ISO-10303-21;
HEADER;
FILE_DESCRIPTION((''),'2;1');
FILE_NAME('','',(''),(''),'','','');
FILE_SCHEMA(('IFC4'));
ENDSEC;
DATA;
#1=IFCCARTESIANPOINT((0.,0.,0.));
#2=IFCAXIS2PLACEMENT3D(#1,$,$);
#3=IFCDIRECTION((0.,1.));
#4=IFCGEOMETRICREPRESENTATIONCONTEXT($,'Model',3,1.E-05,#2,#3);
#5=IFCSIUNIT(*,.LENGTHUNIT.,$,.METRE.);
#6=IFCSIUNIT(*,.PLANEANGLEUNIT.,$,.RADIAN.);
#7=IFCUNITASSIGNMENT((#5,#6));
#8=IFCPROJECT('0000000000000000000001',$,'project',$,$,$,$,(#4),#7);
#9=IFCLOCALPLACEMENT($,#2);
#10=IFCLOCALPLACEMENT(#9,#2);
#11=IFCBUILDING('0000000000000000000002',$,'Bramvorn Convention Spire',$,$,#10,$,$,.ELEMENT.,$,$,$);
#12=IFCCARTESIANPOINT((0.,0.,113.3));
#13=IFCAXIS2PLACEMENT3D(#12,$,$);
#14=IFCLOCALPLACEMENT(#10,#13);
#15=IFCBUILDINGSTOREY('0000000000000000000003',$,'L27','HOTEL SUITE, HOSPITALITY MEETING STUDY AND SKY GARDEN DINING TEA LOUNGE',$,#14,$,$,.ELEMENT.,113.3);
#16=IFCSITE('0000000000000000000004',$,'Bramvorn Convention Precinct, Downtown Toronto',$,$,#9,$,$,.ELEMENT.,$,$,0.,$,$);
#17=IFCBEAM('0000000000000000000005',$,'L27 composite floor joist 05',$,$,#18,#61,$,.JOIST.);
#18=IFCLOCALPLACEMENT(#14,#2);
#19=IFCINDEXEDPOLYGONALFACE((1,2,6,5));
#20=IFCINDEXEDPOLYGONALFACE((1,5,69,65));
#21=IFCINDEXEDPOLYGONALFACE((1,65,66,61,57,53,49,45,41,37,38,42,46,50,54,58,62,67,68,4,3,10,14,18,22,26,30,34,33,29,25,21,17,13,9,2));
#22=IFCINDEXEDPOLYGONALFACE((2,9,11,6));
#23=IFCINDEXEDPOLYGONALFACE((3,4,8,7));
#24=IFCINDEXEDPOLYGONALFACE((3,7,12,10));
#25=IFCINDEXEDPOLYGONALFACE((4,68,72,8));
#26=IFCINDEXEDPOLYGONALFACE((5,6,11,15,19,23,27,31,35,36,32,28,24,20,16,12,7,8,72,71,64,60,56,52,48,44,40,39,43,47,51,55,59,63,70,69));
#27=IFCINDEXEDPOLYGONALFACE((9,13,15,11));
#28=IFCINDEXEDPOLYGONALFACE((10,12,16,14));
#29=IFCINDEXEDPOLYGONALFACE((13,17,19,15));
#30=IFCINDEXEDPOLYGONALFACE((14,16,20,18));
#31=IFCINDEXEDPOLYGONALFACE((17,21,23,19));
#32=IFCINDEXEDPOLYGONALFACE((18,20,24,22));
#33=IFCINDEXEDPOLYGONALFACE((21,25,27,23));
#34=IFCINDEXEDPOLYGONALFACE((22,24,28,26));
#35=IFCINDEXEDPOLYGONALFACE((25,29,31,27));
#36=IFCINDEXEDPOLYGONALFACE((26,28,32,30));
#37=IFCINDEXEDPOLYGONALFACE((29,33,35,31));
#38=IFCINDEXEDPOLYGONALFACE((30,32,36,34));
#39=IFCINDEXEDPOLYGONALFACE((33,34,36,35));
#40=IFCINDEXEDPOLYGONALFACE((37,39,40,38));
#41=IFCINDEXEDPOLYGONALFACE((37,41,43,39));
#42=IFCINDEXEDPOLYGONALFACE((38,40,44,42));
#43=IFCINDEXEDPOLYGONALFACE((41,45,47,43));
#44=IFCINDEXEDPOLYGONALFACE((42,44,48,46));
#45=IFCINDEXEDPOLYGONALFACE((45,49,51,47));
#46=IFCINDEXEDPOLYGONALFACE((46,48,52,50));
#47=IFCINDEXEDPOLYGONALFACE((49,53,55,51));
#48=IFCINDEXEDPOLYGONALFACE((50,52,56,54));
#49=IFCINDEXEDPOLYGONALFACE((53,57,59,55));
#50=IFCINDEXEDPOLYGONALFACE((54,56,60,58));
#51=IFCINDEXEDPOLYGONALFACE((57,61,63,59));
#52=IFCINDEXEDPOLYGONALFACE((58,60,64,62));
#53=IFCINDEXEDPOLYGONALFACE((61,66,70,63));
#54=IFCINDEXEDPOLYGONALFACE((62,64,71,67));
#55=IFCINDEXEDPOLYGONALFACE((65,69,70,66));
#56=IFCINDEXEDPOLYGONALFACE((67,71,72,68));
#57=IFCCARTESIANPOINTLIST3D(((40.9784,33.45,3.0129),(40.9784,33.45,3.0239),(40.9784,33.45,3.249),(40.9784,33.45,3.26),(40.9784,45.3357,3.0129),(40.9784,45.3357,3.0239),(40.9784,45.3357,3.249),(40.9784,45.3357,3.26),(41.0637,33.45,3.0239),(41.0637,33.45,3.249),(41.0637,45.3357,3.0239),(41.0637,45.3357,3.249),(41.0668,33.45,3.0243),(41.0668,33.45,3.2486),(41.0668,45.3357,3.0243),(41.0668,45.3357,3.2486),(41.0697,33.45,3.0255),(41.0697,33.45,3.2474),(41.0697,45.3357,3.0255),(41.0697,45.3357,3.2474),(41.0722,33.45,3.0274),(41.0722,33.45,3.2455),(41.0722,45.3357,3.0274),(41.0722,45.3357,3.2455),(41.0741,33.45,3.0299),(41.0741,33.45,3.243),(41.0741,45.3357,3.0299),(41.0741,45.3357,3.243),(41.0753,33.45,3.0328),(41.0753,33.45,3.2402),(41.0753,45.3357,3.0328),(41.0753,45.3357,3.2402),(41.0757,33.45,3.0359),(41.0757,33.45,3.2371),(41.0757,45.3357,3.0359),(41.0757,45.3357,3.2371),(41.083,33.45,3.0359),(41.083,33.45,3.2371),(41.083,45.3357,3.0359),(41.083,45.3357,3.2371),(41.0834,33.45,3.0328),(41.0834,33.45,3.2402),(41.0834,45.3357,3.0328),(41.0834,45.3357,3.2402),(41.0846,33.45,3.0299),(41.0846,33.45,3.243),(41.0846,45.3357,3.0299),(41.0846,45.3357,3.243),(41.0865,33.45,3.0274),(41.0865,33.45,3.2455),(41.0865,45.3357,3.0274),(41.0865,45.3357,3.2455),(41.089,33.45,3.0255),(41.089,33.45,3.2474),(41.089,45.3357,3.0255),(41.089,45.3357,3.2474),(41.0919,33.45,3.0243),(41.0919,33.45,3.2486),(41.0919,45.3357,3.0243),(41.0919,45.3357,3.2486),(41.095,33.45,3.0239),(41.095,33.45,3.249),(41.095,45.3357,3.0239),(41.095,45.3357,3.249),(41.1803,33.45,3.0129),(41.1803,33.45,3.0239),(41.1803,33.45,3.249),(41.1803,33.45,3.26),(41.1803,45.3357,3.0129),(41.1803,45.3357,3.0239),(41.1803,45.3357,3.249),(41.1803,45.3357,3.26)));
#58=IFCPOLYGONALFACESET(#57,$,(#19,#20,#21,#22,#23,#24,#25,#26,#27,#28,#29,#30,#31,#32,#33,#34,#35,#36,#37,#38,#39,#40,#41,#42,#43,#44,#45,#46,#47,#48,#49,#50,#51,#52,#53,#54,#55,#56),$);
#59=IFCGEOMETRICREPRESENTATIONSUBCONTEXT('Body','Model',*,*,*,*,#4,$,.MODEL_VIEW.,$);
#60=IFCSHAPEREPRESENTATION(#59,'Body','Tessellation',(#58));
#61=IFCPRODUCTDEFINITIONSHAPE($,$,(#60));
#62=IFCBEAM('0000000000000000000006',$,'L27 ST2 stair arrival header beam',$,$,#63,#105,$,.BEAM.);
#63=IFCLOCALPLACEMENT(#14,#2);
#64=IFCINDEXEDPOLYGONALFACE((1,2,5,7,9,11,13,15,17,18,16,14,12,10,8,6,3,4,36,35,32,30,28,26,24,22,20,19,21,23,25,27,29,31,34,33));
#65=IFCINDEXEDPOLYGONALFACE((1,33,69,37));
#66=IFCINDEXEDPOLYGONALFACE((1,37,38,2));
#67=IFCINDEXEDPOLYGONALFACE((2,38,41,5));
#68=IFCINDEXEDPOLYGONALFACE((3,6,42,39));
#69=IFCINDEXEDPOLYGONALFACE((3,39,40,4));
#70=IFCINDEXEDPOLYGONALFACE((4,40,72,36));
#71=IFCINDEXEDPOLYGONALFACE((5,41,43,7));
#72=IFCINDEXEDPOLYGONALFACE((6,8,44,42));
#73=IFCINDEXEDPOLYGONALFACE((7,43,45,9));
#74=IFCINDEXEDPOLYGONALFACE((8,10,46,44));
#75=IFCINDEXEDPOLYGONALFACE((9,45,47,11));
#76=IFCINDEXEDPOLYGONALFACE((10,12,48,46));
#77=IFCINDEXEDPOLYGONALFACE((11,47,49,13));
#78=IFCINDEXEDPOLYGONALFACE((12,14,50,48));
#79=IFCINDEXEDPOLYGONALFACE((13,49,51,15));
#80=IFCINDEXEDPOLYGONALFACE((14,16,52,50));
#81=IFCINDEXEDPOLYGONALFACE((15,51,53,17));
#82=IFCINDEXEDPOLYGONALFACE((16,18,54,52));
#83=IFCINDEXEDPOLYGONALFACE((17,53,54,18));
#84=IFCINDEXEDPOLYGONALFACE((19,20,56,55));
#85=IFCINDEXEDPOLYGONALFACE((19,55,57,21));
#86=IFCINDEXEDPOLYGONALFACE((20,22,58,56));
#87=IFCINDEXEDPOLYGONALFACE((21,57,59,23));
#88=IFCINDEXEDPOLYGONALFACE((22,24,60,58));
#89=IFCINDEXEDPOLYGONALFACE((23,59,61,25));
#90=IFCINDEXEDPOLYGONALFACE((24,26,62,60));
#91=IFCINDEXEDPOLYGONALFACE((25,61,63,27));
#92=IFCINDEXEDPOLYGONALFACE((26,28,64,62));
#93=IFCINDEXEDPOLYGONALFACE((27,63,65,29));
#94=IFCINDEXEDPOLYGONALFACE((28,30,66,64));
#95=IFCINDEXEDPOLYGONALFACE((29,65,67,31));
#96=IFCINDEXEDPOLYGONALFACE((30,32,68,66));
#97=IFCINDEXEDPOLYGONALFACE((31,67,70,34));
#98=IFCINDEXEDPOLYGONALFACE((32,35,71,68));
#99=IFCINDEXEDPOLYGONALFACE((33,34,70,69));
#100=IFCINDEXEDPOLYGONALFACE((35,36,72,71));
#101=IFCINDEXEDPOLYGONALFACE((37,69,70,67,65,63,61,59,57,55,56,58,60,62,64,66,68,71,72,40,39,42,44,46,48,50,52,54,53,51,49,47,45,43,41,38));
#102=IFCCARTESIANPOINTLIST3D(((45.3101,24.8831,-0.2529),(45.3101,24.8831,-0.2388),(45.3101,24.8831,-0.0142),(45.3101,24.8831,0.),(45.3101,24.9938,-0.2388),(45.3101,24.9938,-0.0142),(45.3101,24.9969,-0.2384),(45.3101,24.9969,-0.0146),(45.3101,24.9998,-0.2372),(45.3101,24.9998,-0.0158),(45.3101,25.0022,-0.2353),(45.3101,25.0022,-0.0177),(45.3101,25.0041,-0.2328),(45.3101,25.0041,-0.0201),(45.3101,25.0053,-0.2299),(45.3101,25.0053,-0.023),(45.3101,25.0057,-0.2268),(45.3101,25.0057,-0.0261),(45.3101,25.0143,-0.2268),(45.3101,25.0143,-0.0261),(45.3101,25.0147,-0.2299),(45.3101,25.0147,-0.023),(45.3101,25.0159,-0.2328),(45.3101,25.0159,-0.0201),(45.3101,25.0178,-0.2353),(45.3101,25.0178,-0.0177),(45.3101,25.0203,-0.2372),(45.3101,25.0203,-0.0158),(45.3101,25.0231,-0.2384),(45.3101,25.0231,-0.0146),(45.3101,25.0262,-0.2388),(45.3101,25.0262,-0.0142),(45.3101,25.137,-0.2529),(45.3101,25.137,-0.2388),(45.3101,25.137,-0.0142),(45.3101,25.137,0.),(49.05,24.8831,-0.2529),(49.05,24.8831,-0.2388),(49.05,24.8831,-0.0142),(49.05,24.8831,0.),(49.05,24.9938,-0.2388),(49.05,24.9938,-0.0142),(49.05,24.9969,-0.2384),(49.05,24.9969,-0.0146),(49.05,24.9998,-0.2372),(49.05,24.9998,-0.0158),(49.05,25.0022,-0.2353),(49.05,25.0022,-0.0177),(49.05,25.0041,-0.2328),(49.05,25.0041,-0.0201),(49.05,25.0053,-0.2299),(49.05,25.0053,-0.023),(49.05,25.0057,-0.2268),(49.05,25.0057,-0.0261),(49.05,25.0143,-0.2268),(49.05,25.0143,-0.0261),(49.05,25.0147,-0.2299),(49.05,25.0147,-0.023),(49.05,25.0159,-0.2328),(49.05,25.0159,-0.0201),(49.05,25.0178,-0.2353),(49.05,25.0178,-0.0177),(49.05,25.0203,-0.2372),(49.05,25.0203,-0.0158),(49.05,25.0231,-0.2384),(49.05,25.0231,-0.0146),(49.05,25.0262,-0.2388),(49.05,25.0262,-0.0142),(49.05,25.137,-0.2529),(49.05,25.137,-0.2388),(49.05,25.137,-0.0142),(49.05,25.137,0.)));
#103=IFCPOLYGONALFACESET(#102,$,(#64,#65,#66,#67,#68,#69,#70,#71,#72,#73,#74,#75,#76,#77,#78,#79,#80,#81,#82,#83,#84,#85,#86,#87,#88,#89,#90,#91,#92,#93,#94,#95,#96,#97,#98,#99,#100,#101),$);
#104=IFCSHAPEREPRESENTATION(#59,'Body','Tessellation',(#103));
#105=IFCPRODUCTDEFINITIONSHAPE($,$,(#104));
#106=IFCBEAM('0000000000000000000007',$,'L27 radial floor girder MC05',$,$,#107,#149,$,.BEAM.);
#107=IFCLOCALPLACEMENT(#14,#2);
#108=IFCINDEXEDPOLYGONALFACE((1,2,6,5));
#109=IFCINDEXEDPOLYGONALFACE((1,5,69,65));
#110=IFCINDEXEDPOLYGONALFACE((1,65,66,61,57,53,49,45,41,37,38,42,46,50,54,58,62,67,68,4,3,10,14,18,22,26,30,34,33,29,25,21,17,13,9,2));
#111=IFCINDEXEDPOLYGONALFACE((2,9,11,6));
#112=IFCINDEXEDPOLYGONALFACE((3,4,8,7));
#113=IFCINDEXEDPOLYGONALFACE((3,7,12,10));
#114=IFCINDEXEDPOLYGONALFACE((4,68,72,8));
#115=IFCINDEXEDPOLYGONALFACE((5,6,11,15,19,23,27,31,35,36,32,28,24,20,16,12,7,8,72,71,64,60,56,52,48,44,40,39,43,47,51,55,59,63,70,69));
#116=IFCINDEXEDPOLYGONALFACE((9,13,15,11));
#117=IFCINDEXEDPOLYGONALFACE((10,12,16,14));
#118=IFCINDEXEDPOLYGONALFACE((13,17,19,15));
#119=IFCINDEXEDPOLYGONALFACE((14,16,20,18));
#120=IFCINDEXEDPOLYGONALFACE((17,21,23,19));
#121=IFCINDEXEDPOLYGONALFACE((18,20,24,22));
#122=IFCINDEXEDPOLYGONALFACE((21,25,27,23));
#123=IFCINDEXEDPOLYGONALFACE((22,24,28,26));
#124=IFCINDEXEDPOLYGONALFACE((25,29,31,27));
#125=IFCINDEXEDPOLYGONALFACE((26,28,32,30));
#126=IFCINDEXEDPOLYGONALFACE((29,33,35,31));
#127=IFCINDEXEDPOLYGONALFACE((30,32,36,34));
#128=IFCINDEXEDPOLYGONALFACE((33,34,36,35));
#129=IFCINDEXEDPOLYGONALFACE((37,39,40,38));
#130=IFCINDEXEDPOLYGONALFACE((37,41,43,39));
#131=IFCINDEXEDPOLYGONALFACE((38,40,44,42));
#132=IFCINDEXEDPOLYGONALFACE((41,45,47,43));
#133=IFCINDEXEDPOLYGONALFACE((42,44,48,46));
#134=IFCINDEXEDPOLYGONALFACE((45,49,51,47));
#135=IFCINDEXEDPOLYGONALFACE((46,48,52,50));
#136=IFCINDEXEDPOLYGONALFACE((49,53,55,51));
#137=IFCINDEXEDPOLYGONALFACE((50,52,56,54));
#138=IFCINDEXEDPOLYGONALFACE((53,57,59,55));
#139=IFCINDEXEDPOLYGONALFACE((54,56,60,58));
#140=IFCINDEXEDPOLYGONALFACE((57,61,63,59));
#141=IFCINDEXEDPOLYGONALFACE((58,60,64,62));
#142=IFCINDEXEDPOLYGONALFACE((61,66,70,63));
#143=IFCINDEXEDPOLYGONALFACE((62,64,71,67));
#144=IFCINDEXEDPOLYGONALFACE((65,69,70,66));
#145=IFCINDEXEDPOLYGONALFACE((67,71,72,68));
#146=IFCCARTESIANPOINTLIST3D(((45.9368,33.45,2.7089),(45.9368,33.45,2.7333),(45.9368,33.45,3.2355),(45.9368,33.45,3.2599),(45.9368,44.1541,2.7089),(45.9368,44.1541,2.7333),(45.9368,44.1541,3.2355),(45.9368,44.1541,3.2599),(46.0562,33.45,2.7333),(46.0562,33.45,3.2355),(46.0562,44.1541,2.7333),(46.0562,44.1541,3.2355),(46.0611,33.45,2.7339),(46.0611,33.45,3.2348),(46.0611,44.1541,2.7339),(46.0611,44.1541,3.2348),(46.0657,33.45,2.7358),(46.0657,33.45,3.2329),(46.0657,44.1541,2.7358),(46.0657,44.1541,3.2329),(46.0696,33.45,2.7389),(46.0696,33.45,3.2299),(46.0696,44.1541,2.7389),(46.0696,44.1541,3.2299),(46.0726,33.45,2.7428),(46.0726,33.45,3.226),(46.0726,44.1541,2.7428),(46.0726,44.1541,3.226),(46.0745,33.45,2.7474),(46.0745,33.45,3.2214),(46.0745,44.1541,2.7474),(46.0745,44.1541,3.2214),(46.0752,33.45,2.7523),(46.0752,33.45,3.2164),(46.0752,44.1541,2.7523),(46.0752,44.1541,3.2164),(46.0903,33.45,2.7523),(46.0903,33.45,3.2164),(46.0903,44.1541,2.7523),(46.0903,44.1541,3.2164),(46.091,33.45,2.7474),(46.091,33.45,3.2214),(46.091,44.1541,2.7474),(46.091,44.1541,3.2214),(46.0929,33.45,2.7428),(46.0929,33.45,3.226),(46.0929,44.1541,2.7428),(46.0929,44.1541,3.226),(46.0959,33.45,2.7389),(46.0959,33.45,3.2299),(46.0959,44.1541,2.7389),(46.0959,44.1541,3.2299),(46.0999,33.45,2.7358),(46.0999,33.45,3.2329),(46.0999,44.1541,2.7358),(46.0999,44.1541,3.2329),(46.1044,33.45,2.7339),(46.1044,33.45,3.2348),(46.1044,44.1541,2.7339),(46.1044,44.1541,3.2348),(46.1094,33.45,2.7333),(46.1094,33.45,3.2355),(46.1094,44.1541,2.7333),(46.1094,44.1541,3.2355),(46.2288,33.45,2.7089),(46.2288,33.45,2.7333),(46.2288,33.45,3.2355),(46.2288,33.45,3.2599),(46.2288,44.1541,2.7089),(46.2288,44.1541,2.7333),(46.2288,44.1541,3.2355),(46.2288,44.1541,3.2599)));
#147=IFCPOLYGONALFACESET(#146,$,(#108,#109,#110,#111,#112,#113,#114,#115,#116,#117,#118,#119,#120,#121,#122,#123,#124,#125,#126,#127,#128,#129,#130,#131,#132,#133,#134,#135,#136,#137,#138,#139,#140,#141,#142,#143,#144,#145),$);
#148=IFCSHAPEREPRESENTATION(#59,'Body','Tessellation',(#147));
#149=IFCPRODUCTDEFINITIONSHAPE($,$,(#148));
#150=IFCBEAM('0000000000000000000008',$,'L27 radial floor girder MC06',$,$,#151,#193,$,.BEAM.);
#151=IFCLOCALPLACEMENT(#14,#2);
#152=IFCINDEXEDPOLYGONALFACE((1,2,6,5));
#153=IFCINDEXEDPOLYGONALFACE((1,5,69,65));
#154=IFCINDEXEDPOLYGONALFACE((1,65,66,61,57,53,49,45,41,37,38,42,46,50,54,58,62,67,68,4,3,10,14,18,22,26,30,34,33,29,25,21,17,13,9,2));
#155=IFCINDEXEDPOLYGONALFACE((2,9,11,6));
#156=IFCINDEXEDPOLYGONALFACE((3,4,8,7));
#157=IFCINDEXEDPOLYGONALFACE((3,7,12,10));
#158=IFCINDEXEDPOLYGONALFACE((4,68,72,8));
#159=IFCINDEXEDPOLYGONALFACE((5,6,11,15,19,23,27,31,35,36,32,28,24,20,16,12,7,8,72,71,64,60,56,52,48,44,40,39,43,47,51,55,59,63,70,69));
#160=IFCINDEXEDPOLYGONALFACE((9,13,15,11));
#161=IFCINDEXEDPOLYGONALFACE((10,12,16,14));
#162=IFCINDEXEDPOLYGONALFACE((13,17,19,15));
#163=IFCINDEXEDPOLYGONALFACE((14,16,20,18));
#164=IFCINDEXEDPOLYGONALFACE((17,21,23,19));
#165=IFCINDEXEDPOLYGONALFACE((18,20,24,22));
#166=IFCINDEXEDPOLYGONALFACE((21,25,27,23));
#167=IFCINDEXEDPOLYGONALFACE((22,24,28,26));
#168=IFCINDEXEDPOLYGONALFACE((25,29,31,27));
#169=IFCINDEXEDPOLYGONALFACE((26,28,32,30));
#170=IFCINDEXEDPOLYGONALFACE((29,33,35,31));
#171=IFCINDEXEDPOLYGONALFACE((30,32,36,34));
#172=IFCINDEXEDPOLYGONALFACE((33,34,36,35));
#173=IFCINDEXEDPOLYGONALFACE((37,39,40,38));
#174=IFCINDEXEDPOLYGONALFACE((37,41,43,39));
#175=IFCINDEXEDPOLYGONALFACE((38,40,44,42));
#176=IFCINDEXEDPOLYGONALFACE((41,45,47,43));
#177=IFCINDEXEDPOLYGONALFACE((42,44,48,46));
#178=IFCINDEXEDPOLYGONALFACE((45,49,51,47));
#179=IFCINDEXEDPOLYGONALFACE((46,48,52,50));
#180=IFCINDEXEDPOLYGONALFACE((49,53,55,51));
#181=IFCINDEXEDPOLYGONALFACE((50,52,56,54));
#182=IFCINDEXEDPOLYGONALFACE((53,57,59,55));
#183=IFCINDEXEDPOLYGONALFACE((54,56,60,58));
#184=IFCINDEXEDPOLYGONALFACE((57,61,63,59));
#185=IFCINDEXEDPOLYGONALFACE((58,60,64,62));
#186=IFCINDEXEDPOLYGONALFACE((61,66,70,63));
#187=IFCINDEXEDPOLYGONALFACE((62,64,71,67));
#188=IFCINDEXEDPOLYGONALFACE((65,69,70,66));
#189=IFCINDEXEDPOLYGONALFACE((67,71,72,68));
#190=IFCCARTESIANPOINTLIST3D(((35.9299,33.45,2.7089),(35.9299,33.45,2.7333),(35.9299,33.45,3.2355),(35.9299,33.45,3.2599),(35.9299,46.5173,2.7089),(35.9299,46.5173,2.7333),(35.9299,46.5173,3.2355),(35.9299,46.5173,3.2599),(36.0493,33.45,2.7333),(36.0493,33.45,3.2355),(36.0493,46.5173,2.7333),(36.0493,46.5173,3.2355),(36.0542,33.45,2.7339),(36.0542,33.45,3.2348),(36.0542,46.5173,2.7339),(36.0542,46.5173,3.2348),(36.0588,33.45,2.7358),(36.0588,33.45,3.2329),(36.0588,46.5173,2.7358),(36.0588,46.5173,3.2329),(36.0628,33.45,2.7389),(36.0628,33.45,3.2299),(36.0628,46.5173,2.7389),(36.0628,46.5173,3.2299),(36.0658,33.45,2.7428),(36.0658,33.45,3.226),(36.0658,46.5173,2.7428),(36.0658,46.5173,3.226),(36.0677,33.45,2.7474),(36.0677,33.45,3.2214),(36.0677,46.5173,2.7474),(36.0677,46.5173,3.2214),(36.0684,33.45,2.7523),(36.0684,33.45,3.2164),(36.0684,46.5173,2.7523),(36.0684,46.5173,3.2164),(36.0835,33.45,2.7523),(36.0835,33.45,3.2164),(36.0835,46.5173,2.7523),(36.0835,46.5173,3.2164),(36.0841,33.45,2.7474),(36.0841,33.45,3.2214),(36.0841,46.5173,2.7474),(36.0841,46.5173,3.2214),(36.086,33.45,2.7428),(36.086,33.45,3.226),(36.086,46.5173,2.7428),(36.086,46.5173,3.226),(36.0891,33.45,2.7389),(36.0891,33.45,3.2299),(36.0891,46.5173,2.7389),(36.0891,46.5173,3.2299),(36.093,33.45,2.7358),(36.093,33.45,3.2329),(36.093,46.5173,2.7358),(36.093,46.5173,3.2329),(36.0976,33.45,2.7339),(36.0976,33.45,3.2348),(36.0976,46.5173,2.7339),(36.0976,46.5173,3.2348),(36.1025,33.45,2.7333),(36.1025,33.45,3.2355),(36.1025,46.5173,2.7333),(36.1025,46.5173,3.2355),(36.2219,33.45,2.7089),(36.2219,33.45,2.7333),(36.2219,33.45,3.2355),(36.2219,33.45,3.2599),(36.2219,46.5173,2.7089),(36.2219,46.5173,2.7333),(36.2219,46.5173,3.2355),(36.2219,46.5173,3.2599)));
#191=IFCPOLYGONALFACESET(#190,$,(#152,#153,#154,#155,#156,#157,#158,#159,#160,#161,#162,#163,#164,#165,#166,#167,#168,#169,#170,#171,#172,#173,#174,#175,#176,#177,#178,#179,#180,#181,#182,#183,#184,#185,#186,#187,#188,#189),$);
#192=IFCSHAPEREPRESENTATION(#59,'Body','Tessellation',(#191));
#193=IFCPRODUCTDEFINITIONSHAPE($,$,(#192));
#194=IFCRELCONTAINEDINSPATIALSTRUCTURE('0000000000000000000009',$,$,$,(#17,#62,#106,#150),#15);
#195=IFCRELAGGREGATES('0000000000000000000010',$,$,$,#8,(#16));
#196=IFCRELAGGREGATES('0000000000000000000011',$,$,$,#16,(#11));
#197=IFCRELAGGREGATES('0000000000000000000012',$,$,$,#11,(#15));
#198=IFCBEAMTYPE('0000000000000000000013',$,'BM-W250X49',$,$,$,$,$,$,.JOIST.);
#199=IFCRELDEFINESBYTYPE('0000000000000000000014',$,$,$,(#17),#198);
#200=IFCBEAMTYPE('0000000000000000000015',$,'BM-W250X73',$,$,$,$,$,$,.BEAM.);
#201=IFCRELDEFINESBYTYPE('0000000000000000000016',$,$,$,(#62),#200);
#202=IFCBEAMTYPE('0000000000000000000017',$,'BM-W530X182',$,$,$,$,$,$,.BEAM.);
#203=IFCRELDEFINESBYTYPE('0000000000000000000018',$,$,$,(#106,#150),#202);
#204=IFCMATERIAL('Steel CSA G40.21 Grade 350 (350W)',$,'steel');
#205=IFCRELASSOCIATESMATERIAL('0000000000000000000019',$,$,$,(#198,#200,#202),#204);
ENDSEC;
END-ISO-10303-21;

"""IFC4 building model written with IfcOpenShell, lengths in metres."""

from ifc_helpers import new_model, si_unit, direction, frame, origin, origin_2d, place, context, subcontext, project, spatial, i_section, extrude, material, material_profile, profile_set, type_object, element, save


model = new_model("IFC4")

# Units and contexts
model_context = context("Model", 3, precision=1e-05, world=origin(), true_north=direction((0.0, 1.0)))
body_context = subcontext(model_context, "Body", "Model", "MODEL_VIEW")
ifc_project = project(units=[si_unit("LENGTHUNIT", "METRE"), si_unit("PLANEANGLEUNIT", "RADIAN")], contexts=[model_context])

# Site, building, storey
site_placement = place(None, origin())
site = spatial("IfcSite", under=ifc_project, at=site_placement, Name="Bramvorn Convention Precinct, Downtown Toronto", CompositionType="ELEMENT", RefElevation=0.0)
building_placement = place(site_placement, origin())
building = spatial("IfcBuilding", under=site, at=building_placement, Name="Bramvorn Convention Spire", CompositionType="ELEMENT")
storey_placement = place(building_placement, frame((0.0, 0.0, 113.3)))
storey = spatial("IfcBuildingStorey", under=building, at=storey_placement, Name="L27", Description="HOTEL SUITE, HOSPITALITY MEETING STUDY AND SKY GARDEN DINING TEA LOUNGE", CompositionType="ELEMENT", Elevation=113.3)

# Beams
ifc_material_1 = material(Name="Steel CSA G40.21 Grade 350 (350W)", Category="steel")
ifc_material_profile_1 = material_profile(ifc_material_1, i_section(OverallWidth=0.2019, OverallDepth=0.2471, WebThickness=0.0073, FlangeThickness=0.011, FilletRadius=0.012, at=origin_2d()))
ifc_profile_set_1 = profile_set([ifc_material_profile_1], Name="Steel CSA G40.21 Grade 350 (350W) - W250X49")
beam_type_1 = type_object("IfcBeamType", Name="BM-W250X49", PredefinedType="JOIST", material=ifc_profile_set_1)
beam_1_placement = place(storey_placement, frame((41.0793, 33.45, 3.1365), z_axis=(0.0, 1.0, 0.0), x_axis=(-1.0, 0.0, 0.0)))
element("IfcBeam", 1, at=beam_1_placement, inside=storey, type_object=beam_type_1, Name="L27 composite floor joist 05", PredefinedType="JOIST", context=body_context, shape_type="SweptSolid", body=[
    extrude(i_section(OverallWidth=0.2019, OverallDepth=0.2471, WebThickness=0.0073, FlangeThickness=0.011, FilletRadius=0.012, at=origin_2d()), origin(), (0.0, 0.0, 1.0), 11.8857),
])
ifc_material_profile_2 = material_profile(ifc_material_1, i_section(OverallWidth=0.2539, OverallDepth=0.2529, WebThickness=0.0085, FlangeThickness=0.0142, FilletRadius=0.012, at=origin_2d()))
ifc_profile_set_2 = profile_set([ifc_material_profile_2], Name="Steel CSA G40.21 Grade 350 (350W) - W250X73")
beam_type_2 = type_object("IfcBeamType", Name="BM-W250X73", PredefinedType="BEAM", material=ifc_profile_set_2)
beam_2_placement = place(storey_placement, frame((45.3101, 25.01, -0.1265), z_axis=(1.0, 0.0, 0.0), x_axis=(0.0, 1.0, 0.0)))
element("IfcBeam", 2, at=beam_2_placement, inside=storey, type_object=beam_type_2, Name="L27 ST2 stair arrival header beam", PredefinedType="BEAM", context=body_context, shape_type="SweptSolid", body=[
    extrude(i_section(OverallWidth=0.2539, OverallDepth=0.2529, WebThickness=0.0085, FlangeThickness=0.0142, FilletRadius=0.012, at=origin_2d()), origin(), (0.0, 0.0, 1.0), 3.74),
])
ifc_material_profile_3 = material_profile(ifc_material_1, i_section(OverallWidth=0.292, OverallDepth=0.551, WebThickness=0.0151, FlangeThickness=0.0244, FilletRadius=0.019, at=origin_2d()))
ifc_profile_set_3 = profile_set([ifc_material_profile_3], Name="Steel CSA G40.21 Grade 350 (350W) - W530X182")
beam_type_3 = type_object("IfcBeamType", Name="BM-W530X182", PredefinedType="BEAM", material=ifc_profile_set_3)
beam_3_placement = place(storey_placement, frame((46.0828, 33.45, 2.9844), z_axis=(0.0, 1.0, 0.0), x_axis=(-1.0, 0.0, 0.0)))
element("IfcBeam", 3, at=beam_3_placement, inside=storey, type_object=beam_type_3, Name="L27 radial floor girder MC05", PredefinedType="BEAM", context=body_context, shape_type="SweptSolid", body=[
    extrude(i_section(OverallWidth=0.292, OverallDepth=0.551, WebThickness=0.0151, FlangeThickness=0.0244, FilletRadius=0.019, at=origin_2d()), origin(), (0.0, 0.0, 1.0), 10.7041),
])
beam_4_placement = place(storey_placement, frame((36.0759, 33.45, 2.9844), z_axis=(0.0, 1.0, 0.0), x_axis=(-1.0, 0.0, 0.0)))
element("IfcBeam", 4, at=beam_4_placement, inside=storey, type_object=beam_type_3, Name="L27 radial floor girder MC06", PredefinedType="BEAM", context=body_context, shape_type="SweptSolid", body=[
    extrude(i_section(OverallWidth=0.292, OverallDepth=0.551, WebThickness=0.0151, FlangeThickness=0.0244, FilletRadius=0.019, at=origin_2d()), origin(), (0.0, 0.0, 1.0), 13.0674),
])

save(model, "model.ifc")
